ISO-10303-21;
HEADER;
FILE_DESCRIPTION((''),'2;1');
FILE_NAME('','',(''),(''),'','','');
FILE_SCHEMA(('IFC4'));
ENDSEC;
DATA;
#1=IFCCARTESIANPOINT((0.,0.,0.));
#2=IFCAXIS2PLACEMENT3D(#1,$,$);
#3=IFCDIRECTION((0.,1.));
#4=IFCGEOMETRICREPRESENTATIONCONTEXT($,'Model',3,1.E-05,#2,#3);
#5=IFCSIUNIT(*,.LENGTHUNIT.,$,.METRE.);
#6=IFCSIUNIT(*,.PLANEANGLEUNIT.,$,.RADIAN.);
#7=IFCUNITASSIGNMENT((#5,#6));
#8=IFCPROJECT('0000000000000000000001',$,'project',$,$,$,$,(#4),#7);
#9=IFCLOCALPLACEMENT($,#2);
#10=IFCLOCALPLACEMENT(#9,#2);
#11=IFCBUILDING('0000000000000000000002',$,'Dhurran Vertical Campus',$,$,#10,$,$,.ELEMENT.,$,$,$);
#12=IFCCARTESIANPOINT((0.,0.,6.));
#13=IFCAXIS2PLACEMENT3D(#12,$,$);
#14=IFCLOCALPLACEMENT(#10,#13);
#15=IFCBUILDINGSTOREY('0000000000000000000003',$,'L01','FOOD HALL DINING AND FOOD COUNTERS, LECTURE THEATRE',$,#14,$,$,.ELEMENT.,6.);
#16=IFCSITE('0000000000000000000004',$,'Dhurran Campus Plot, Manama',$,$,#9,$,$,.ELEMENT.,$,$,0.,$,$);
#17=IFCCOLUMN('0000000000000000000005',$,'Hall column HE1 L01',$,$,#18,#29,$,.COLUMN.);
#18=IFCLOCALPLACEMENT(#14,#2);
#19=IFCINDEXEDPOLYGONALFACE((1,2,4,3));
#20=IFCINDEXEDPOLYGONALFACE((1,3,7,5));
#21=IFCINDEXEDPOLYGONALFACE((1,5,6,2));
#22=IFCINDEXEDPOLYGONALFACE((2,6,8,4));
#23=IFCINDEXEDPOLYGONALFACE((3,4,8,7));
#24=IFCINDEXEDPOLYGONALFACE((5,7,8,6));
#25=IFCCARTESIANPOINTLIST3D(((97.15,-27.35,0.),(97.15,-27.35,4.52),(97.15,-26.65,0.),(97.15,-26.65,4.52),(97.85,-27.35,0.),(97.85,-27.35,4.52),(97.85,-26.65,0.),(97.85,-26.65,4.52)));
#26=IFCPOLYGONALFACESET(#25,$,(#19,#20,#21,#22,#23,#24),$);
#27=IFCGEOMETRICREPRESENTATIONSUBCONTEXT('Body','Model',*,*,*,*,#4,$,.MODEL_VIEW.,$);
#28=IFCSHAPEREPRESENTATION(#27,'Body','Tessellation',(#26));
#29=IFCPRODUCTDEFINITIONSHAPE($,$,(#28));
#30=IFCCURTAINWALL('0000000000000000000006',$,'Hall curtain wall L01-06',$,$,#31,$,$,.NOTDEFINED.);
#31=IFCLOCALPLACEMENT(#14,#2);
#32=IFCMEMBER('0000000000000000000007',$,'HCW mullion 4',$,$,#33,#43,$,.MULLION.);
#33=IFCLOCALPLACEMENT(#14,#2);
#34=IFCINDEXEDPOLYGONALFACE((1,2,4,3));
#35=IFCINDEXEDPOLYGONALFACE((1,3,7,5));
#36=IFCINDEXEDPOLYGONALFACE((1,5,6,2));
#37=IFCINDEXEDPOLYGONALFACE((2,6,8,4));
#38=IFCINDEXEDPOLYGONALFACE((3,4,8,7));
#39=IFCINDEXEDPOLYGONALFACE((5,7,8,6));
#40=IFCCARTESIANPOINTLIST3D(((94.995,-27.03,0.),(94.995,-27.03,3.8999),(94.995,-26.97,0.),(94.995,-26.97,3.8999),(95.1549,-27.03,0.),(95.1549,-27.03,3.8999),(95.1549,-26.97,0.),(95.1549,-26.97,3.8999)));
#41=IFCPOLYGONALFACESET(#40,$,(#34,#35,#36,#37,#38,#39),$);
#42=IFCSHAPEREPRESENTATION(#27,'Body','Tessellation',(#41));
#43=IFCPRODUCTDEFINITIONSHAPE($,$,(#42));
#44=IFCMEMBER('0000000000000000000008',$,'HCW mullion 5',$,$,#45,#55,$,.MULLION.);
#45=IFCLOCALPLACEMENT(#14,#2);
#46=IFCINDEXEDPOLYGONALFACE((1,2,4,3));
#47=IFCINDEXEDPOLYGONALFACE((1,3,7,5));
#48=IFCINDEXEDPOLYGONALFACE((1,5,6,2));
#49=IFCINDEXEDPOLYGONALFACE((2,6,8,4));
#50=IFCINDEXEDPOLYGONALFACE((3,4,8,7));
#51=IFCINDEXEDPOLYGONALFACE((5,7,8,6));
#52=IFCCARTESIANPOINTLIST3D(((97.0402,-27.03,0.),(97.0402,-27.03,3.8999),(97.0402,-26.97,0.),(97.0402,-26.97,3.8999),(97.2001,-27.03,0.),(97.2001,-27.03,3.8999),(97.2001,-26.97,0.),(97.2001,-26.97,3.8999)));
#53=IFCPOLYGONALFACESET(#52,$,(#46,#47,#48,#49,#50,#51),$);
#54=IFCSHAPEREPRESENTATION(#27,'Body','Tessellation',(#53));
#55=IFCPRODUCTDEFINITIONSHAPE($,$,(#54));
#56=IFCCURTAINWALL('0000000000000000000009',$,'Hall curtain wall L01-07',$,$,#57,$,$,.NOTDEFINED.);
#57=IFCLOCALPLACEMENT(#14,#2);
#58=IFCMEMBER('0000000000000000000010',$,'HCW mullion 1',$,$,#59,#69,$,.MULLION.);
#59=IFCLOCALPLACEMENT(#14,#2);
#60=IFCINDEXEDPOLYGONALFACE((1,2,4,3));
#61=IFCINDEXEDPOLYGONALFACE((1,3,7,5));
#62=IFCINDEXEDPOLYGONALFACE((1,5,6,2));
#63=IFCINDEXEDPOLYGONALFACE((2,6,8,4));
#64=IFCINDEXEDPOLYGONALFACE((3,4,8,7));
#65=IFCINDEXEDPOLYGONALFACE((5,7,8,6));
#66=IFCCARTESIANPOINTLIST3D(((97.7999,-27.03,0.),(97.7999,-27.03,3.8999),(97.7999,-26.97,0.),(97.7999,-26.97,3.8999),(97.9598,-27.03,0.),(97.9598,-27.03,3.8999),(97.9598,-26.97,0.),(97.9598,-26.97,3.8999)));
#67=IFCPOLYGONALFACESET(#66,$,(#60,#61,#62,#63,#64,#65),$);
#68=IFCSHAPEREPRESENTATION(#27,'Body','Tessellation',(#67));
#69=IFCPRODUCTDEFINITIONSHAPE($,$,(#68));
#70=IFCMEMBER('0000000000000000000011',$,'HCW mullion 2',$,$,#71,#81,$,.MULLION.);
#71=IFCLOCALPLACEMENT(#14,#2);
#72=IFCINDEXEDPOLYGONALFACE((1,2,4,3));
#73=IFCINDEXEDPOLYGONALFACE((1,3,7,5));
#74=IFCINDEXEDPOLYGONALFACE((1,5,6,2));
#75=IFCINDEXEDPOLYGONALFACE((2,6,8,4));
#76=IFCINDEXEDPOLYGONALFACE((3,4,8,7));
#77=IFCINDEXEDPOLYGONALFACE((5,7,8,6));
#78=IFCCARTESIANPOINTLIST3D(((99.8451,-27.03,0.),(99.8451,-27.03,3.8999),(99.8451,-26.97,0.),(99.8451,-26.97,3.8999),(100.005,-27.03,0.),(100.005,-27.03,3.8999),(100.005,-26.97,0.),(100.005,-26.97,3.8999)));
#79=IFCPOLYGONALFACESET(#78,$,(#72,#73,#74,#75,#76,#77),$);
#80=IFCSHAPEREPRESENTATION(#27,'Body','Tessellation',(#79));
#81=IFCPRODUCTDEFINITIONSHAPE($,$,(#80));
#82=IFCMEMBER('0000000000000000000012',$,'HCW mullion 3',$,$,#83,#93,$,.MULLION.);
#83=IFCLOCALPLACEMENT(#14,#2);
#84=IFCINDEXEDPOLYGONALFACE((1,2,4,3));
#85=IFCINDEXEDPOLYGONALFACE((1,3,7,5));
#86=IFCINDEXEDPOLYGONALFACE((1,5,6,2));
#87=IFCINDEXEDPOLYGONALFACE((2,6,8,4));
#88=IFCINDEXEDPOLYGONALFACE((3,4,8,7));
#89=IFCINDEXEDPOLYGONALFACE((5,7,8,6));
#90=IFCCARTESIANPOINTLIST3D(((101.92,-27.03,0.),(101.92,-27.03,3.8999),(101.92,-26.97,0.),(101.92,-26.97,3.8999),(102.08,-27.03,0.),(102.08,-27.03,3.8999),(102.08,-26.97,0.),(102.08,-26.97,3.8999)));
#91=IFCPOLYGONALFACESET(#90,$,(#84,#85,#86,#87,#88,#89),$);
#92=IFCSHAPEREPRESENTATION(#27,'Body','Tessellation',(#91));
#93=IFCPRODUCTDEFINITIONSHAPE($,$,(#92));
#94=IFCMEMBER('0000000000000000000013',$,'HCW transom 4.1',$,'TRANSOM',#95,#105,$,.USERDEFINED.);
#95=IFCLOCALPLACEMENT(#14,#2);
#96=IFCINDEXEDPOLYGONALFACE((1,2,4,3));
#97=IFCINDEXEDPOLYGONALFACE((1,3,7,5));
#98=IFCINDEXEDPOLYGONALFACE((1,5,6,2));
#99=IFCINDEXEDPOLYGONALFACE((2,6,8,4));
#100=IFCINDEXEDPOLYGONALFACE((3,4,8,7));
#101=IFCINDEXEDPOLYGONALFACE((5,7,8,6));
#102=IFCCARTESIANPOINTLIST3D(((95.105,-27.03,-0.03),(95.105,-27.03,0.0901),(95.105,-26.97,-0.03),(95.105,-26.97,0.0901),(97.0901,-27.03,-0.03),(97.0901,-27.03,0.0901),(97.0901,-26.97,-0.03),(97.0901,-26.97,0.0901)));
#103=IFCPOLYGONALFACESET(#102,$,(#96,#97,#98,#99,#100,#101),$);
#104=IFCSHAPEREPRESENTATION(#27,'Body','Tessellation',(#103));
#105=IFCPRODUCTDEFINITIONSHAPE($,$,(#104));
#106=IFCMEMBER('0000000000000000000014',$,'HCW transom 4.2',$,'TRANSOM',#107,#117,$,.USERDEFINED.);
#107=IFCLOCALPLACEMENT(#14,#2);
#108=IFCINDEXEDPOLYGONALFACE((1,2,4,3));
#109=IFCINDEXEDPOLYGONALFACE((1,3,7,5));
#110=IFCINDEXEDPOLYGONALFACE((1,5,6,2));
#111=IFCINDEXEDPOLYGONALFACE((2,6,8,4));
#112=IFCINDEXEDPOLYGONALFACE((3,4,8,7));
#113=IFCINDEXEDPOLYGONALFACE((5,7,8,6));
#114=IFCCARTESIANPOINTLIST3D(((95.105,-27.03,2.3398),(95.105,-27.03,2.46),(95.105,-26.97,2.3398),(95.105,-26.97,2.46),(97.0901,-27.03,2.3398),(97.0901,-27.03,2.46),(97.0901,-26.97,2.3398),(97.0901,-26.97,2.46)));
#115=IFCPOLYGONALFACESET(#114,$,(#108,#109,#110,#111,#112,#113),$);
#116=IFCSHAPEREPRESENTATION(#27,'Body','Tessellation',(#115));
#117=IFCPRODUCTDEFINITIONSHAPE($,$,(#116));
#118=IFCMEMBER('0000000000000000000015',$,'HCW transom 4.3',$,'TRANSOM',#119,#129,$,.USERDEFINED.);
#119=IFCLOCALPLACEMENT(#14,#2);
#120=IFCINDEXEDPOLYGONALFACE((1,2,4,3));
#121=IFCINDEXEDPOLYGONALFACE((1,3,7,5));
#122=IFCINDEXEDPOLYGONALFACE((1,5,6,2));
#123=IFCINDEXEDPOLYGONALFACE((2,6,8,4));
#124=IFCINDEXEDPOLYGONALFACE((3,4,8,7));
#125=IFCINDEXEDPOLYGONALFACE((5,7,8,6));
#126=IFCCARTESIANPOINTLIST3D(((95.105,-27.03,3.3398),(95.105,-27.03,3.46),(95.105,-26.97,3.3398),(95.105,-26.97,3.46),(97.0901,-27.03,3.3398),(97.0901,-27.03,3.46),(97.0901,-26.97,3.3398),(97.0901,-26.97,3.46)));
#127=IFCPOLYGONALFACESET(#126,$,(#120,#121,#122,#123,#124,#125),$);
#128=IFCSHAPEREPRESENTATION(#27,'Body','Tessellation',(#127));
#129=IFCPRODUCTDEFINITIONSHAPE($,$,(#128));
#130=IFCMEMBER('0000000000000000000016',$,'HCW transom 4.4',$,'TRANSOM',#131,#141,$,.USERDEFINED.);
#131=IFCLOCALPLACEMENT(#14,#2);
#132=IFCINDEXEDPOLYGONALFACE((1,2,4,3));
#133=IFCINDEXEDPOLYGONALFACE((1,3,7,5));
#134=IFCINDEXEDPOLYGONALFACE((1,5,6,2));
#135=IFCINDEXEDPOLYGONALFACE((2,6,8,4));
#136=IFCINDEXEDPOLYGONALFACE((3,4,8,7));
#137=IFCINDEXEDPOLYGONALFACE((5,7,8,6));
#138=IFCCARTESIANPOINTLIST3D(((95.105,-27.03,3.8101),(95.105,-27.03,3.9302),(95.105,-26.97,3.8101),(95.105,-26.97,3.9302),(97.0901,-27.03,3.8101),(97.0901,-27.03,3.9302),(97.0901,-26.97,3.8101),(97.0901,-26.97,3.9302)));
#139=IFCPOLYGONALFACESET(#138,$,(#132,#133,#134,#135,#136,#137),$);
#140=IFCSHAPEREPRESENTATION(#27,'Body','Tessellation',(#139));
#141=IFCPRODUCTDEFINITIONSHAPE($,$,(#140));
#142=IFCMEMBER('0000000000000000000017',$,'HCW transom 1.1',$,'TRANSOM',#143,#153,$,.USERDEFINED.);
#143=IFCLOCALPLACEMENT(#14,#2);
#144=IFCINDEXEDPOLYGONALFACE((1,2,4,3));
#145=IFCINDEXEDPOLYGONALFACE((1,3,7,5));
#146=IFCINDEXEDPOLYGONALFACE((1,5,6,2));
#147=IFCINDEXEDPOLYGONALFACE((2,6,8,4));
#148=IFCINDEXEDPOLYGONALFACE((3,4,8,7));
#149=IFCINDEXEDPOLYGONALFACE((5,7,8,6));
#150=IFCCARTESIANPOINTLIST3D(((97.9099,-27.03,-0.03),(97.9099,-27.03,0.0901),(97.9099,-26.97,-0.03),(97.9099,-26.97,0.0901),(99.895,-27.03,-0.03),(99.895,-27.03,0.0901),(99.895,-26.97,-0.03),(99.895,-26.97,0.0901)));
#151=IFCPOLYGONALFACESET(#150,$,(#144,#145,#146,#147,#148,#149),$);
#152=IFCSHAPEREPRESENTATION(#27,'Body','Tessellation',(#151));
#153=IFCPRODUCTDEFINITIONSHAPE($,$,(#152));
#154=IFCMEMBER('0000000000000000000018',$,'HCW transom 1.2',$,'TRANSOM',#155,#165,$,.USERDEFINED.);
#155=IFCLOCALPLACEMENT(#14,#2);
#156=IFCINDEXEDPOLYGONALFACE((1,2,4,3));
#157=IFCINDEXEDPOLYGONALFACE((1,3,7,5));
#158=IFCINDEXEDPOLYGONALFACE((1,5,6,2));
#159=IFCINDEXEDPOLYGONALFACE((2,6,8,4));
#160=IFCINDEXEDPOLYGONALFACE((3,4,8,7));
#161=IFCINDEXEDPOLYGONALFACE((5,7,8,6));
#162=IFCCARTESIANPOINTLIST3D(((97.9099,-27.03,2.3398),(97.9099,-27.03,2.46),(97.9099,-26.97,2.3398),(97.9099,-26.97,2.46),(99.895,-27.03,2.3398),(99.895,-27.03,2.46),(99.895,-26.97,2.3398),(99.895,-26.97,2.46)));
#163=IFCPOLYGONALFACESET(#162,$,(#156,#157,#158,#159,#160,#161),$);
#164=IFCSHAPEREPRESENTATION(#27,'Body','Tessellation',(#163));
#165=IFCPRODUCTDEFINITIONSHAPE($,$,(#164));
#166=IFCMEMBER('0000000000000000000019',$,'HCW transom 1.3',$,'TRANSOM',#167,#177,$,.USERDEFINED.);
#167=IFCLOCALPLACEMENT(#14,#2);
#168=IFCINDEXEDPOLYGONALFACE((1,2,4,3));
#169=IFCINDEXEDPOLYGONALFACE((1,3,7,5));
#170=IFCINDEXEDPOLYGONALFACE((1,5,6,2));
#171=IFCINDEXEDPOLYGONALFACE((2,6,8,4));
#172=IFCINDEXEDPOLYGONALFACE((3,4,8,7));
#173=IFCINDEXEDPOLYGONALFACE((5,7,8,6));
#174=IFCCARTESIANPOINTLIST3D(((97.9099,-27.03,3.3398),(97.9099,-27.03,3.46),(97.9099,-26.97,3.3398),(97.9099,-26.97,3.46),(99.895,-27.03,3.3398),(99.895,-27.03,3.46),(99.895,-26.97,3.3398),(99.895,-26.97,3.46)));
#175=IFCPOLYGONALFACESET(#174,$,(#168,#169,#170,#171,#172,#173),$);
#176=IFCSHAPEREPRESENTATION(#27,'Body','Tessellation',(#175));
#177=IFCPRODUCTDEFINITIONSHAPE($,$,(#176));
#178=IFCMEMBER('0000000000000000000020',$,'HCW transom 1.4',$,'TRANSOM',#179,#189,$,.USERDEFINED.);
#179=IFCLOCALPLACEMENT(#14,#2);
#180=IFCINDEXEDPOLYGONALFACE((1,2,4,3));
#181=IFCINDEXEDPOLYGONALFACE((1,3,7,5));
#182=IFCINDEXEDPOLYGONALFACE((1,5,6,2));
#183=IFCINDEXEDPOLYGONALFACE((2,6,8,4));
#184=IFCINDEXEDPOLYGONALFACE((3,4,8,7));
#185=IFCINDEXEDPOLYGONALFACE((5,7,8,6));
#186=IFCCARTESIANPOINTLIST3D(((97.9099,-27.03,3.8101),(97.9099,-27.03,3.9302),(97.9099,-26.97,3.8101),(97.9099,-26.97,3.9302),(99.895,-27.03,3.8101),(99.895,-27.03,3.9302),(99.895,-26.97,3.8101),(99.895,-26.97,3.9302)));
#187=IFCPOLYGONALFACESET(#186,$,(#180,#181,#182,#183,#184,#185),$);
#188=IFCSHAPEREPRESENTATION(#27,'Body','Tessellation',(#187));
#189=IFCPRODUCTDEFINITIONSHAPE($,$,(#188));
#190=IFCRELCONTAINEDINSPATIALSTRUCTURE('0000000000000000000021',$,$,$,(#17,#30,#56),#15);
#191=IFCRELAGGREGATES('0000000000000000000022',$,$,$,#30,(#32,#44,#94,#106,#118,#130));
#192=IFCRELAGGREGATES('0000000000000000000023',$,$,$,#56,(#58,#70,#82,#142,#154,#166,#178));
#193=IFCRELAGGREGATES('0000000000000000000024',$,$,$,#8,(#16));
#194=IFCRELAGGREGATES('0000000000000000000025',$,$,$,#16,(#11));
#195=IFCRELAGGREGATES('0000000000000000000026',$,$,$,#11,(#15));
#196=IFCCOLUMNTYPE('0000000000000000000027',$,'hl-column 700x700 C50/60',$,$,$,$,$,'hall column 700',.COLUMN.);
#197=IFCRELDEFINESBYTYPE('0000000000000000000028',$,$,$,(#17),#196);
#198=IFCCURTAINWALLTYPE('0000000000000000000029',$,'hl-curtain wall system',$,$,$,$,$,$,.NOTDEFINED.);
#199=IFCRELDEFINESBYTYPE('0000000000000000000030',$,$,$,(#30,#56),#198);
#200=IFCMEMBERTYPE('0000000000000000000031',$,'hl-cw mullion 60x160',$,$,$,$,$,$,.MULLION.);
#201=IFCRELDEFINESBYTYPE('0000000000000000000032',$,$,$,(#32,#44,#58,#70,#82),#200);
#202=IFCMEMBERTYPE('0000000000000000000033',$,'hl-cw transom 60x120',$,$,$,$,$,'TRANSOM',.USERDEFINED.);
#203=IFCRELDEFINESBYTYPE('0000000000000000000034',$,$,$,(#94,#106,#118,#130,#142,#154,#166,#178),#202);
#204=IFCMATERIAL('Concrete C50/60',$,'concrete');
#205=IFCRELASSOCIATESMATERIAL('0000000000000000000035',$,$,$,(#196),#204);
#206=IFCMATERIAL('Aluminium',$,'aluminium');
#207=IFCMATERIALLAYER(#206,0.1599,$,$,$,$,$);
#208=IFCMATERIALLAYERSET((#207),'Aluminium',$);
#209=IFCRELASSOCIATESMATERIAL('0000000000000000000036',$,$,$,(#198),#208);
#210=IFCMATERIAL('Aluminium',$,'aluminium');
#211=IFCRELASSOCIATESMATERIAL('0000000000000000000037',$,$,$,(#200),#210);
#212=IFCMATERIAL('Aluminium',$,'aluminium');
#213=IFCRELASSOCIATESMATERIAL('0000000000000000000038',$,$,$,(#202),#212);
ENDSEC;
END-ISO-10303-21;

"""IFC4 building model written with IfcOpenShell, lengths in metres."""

from ifc_helpers import new_model, si_unit, direction, frame, origin, origin_2d, place, context, subcontext, project, spatial, rectangle, extrude, material, layer, layer_set, material_profile, profile_set, type_object, element, aggregate, save


model = new_model("IFC4")

# Units and contexts
model_context = context("Model", 3, precision=1e-05, world=origin(), true_north=direction((0.0, 1.0)))
body_context = subcontext(model_context, "Body", "Model", "MODEL_VIEW")
ifc_project = project(units=[si_unit("LENGTHUNIT", "METRE"), si_unit("PLANEANGLEUNIT", "RADIAN")], contexts=[model_context])

# Site, building, storey
site_placement = place(None, origin())
site = spatial("IfcSite", under=ifc_project, at=site_placement, Name="Dhurran Campus Plot, Manama", CompositionType="ELEMENT", RefElevation=0.0)
building_placement = place(site_placement, origin())
building = spatial("IfcBuilding", under=site, at=building_placement, Name="Dhurran Vertical Campus", CompositionType="ELEMENT")
storey_placement = place(building_placement, frame((0.0, 0.0, 6.0)))
storey = spatial("IfcBuildingStorey", under=building, at=storey_placement, Name="L01", Description="FOOD HALL DINING AND FOOD COUNTERS, LECTURE THEATRE", CompositionType="ELEMENT", Elevation=6.0)

# Column
ifc_material_1 = material(Name="Concrete C50/60", Category="concrete")
ifc_material_profile_1 = material_profile(ifc_material_1, rectangle(XDim=0.7, YDim=0.7, at=origin_2d()), Name="hl-column 700x700 C50/60")
ifc_profile_set_1 = profile_set([ifc_material_profile_1], Name="Concrete C50/60")
column_type = type_object("IfcColumnType", Name="hl-column 700x700 C50/60", ElementType="hall column 700", PredefinedType="COLUMN", material=ifc_profile_set_1)
column_placement = place(storey_placement, frame((97.5, -27.0, 0.0), z_axis=(0.0, 0.0, 1.0), x_axis=(1.0, 0.0, 0.0)))
element("IfcColumn", 1, at=column_placement, inside=storey, type_object=column_type, Name="Hall column HE1 L01", PredefinedType="COLUMN", context=body_context, shape_type="SweptSolid", body=[
    extrude(rectangle(XDim=0.7, YDim=0.7, at=origin_2d()), origin(), (0.0, 0.0, 1.0), 4.52),
])

# Curtain walls, members
ifc_material_2 = material(Name="Aluminium", Category="aluminium")
ifc_layer_1 = layer(ifc_material_2, 0.1599)
ifc_layer_set_1 = layer_set([ifc_layer_1], Name="Aluminium")
curtain_wall_type = type_object("IfcCurtainWallType", Name="hl-curtain wall system", PredefinedType="NOTDEFINED", material=ifc_layer_set_1)
curtain_wall_1_placement = place(storey_placement, origin())
curtain_wall_1 = element("IfcCurtainWall", 2, at=curtain_wall_1_placement, inside=storey, type_object=curtain_wall_type, Name="Hall curtain wall L01-06", PredefinedType="NOTDEFINED")
ifc_material_3 = material(Name="Aluminium", Category="aluminium")
ifc_material_profile_2 = material_profile(ifc_material_3, rectangle(XDim=0.0601, YDim=0.1599, at=origin_2d()), Name="hl-cw mullion 60x160")
ifc_profile_set_2 = profile_set([ifc_material_profile_2], Name="Aluminium")
member_type_1 = type_object("IfcMemberType", Name="hl-cw mullion 60x160", PredefinedType="MULLION", material=ifc_profile_set_2)
member_1_placement = place(storey_placement, frame((95.075, -27.0, 0.0), z_axis=(0.0, 0.0, 1.0), x_axis=(0.0, 1.0, 0.0)))
member_1 = element("IfcMember", 3, at=member_1_placement, type_object=member_type_1, Name="HCW mullion 4", PredefinedType="MULLION", context=body_context, shape_type="SweptSolid", body=[
    extrude(rectangle(XDim=0.0601, YDim=0.1599, at=origin_2d()), origin(), (0.0, 0.0, 1.0), 3.8999),
])
member_2_placement = place(storey_placement, frame((97.1201, -27.0, 0.0), z_axis=(0.0, 0.0, 1.0), x_axis=(0.0, 1.0, 0.0)))
member_2 = element("IfcMember", 4, at=member_2_placement, type_object=member_type_1, Name="HCW mullion 5", PredefinedType="MULLION", context=body_context, shape_type="SweptSolid", body=[
    extrude(rectangle(XDim=0.0601, YDim=0.1599, at=origin_2d()), origin(), (0.0, 0.0, 1.0), 3.8999),
])
curtain_wall_2_placement = place(storey_placement, origin())
curtain_wall_2 = element("IfcCurtainWall", 5, at=curtain_wall_2_placement, inside=storey, type_object=curtain_wall_type, Name="Hall curtain wall L01-07", PredefinedType="NOTDEFINED")
member_3_placement = place(storey_placement, frame((97.8799, -27.0, 0.0), z_axis=(0.0, 0.0, 1.0), x_axis=(0.0, 1.0, 0.0)))
member_3 = element("IfcMember", 6, at=member_3_placement, type_object=member_type_1, Name="HCW mullion 1", PredefinedType="MULLION", context=body_context, shape_type="SweptSolid", body=[
    extrude(rectangle(XDim=0.0601, YDim=0.1599, at=origin_2d()), origin(), (0.0, 0.0, 1.0), 3.8999),
])
member_4_placement = place(storey_placement, frame((99.925, -27.0, 0.0), z_axis=(0.0, 0.0, 1.0), x_axis=(0.0, 1.0, 0.0)))
member_4 = element("IfcMember", 7, at=member_4_placement, type_object=member_type_1, Name="HCW mullion 2", PredefinedType="MULLION", context=body_context, shape_type="SweptSolid", body=[
    extrude(rectangle(XDim=0.0601, YDim=0.1599, at=origin_2d()), origin(), (0.0, 0.0, 1.0), 3.8999),
])
member_5_placement = place(storey_placement, frame((102.0, -27.0, 0.0), z_axis=(0.0, 0.0, 1.0), x_axis=(0.0, 1.0, 0.0)))
member_5 = element("IfcMember", 8, at=member_5_placement, type_object=member_type_1, Name="HCW mullion 3", PredefinedType="MULLION", context=body_context, shape_type="SweptSolid", body=[
    extrude(rectangle(XDim=0.0601, YDim=0.1599, at=origin_2d()), origin(), (0.0, 0.0, 1.0), 3.8999),
])

# Members
ifc_material_4 = material(Name="Aluminium", Category="aluminium")
ifc_material_profile_3 = material_profile(ifc_material_4, rectangle(XDim=0.0601, YDim=0.1201, at=origin_2d()), Name="hl-cw transom 60x120")
ifc_profile_set_3 = profile_set([ifc_material_profile_3], Name="Aluminium")
member_type_2 = type_object("IfcMemberType", Name="hl-cw transom 60x120", ElementType="TRANSOM", PredefinedType="USERDEFINED", material=ifc_profile_set_3)
member_6_placement = place(storey_placement, frame((95.105, -27.0, 0.03), z_axis=(1.0, 0.0, 0.0), x_axis=(0.0, 1.0, 0.0)))
member_6 = element("IfcMember", 9, at=member_6_placement, type_object=member_type_2, Name="HCW transom 4.1", ObjectType="TRANSOM", PredefinedType="USERDEFINED", context=body_context, shape_type="SweptSolid", body=[
    extrude(rectangle(XDim=0.0601, YDim=0.1201, at=origin_2d()), origin(), (0.0, 0.0, 1.0), 1.9851),
])
member_7_placement = place(storey_placement, frame((95.105, -27.0, 2.3999), z_axis=(1.0, 0.0, 0.0), x_axis=(0.0, 1.0, 0.0)))
member_7 = element("IfcMember", 10, at=member_7_placement, type_object=member_type_2, Name="HCW transom 4.2", ObjectType="TRANSOM", PredefinedType="USERDEFINED", context=body_context, shape_type="SweptSolid", body=[
    extrude(rectangle(XDim=0.0601, YDim=0.1201, at=origin_2d()), origin(), (0.0, 0.0, 1.0), 1.9851),
])
member_8_placement = place(storey_placement, frame((95.105, -27.0, 3.3999), z_axis=(1.0, 0.0, 0.0), x_axis=(0.0, 1.0, 0.0)))
member_8 = element("IfcMember", 11, at=member_8_placement, type_object=member_type_2, Name="HCW transom 4.3", ObjectType="TRANSOM", PredefinedType="USERDEFINED", context=body_context, shape_type="SweptSolid", body=[
    extrude(rectangle(XDim=0.0601, YDim=0.1201, at=origin_2d()), origin(), (0.0, 0.0, 1.0), 1.9851),
])
member_9_placement = place(storey_placement, frame((95.105, -27.0, 3.8701), z_axis=(1.0, 0.0, 0.0), x_axis=(0.0, 1.0, 0.0)))
member_9 = element("IfcMember", 12, at=member_9_placement, type_object=member_type_2, Name="HCW transom 4.4", ObjectType="TRANSOM", PredefinedType="USERDEFINED", context=body_context, shape_type="SweptSolid", body=[
    extrude(rectangle(XDim=0.0601, YDim=0.1201, at=origin_2d()), origin(), (0.0, 0.0, 1.0), 1.9851),
])
member_10_placement = place(storey_placement, frame((97.9099, -27.0, 0.03), z_axis=(1.0, 0.0, 0.0), x_axis=(0.0, 1.0, 0.0)))
member_10 = element("IfcMember", 13, at=member_10_placement, type_object=member_type_2, Name="HCW transom 1.1", ObjectType="TRANSOM", PredefinedType="USERDEFINED", context=body_context, shape_type="SweptSolid", body=[
    extrude(rectangle(XDim=0.0601, YDim=0.1201, at=origin_2d()), origin(), (0.0, 0.0, 1.0), 1.9851),
])
member_11_placement = place(storey_placement, frame((97.9099, -27.0, 2.3999), z_axis=(1.0, 0.0, 0.0), x_axis=(0.0, 1.0, 0.0)))
member_11 = element("IfcMember", 14, at=member_11_placement, type_object=member_type_2, Name="HCW transom 1.2", ObjectType="TRANSOM", PredefinedType="USERDEFINED", context=body_context, shape_type="SweptSolid", body=[
    extrude(rectangle(XDim=0.0601, YDim=0.1201, at=origin_2d()), origin(), (0.0, 0.0, 1.0), 1.9851),
])
member_12_placement = place(storey_placement, frame((97.9099, -27.0, 3.3999), z_axis=(1.0, 0.0, 0.0), x_axis=(0.0, 1.0, 0.0)))
member_12 = element("IfcMember", 15, at=member_12_placement, type_object=member_type_2, Name="HCW transom 1.3", ObjectType="TRANSOM", PredefinedType="USERDEFINED", context=body_context, shape_type="SweptSolid", body=[
    extrude(rectangle(XDim=0.0601, YDim=0.1201, at=origin_2d()), origin(), (0.0, 0.0, 1.0), 1.9851),
])
member_13_placement = place(storey_placement, frame((97.9099, -27.0, 3.8701), z_axis=(1.0, 0.0, 0.0), x_axis=(0.0, 1.0, 0.0)))
member_13 = element("IfcMember", 16, at=member_13_placement, type_object=member_type_2, Name="HCW transom 1.4", ObjectType="TRANSOM", PredefinedType="USERDEFINED", context=body_context, shape_type="SweptSolid", body=[
    extrude(rectangle(XDim=0.0601, YDim=0.1201, at=origin_2d()), origin(), (0.0, 0.0, 1.0), 1.9851),
])

aggregate(curtain_wall_1, [member_1, member_2, member_6, member_7, member_8, member_9])
aggregate(curtain_wall_2, [member_3, member_4, member_5, member_10, member_11, member_12, member_13])

save(model, "model.ifc")
